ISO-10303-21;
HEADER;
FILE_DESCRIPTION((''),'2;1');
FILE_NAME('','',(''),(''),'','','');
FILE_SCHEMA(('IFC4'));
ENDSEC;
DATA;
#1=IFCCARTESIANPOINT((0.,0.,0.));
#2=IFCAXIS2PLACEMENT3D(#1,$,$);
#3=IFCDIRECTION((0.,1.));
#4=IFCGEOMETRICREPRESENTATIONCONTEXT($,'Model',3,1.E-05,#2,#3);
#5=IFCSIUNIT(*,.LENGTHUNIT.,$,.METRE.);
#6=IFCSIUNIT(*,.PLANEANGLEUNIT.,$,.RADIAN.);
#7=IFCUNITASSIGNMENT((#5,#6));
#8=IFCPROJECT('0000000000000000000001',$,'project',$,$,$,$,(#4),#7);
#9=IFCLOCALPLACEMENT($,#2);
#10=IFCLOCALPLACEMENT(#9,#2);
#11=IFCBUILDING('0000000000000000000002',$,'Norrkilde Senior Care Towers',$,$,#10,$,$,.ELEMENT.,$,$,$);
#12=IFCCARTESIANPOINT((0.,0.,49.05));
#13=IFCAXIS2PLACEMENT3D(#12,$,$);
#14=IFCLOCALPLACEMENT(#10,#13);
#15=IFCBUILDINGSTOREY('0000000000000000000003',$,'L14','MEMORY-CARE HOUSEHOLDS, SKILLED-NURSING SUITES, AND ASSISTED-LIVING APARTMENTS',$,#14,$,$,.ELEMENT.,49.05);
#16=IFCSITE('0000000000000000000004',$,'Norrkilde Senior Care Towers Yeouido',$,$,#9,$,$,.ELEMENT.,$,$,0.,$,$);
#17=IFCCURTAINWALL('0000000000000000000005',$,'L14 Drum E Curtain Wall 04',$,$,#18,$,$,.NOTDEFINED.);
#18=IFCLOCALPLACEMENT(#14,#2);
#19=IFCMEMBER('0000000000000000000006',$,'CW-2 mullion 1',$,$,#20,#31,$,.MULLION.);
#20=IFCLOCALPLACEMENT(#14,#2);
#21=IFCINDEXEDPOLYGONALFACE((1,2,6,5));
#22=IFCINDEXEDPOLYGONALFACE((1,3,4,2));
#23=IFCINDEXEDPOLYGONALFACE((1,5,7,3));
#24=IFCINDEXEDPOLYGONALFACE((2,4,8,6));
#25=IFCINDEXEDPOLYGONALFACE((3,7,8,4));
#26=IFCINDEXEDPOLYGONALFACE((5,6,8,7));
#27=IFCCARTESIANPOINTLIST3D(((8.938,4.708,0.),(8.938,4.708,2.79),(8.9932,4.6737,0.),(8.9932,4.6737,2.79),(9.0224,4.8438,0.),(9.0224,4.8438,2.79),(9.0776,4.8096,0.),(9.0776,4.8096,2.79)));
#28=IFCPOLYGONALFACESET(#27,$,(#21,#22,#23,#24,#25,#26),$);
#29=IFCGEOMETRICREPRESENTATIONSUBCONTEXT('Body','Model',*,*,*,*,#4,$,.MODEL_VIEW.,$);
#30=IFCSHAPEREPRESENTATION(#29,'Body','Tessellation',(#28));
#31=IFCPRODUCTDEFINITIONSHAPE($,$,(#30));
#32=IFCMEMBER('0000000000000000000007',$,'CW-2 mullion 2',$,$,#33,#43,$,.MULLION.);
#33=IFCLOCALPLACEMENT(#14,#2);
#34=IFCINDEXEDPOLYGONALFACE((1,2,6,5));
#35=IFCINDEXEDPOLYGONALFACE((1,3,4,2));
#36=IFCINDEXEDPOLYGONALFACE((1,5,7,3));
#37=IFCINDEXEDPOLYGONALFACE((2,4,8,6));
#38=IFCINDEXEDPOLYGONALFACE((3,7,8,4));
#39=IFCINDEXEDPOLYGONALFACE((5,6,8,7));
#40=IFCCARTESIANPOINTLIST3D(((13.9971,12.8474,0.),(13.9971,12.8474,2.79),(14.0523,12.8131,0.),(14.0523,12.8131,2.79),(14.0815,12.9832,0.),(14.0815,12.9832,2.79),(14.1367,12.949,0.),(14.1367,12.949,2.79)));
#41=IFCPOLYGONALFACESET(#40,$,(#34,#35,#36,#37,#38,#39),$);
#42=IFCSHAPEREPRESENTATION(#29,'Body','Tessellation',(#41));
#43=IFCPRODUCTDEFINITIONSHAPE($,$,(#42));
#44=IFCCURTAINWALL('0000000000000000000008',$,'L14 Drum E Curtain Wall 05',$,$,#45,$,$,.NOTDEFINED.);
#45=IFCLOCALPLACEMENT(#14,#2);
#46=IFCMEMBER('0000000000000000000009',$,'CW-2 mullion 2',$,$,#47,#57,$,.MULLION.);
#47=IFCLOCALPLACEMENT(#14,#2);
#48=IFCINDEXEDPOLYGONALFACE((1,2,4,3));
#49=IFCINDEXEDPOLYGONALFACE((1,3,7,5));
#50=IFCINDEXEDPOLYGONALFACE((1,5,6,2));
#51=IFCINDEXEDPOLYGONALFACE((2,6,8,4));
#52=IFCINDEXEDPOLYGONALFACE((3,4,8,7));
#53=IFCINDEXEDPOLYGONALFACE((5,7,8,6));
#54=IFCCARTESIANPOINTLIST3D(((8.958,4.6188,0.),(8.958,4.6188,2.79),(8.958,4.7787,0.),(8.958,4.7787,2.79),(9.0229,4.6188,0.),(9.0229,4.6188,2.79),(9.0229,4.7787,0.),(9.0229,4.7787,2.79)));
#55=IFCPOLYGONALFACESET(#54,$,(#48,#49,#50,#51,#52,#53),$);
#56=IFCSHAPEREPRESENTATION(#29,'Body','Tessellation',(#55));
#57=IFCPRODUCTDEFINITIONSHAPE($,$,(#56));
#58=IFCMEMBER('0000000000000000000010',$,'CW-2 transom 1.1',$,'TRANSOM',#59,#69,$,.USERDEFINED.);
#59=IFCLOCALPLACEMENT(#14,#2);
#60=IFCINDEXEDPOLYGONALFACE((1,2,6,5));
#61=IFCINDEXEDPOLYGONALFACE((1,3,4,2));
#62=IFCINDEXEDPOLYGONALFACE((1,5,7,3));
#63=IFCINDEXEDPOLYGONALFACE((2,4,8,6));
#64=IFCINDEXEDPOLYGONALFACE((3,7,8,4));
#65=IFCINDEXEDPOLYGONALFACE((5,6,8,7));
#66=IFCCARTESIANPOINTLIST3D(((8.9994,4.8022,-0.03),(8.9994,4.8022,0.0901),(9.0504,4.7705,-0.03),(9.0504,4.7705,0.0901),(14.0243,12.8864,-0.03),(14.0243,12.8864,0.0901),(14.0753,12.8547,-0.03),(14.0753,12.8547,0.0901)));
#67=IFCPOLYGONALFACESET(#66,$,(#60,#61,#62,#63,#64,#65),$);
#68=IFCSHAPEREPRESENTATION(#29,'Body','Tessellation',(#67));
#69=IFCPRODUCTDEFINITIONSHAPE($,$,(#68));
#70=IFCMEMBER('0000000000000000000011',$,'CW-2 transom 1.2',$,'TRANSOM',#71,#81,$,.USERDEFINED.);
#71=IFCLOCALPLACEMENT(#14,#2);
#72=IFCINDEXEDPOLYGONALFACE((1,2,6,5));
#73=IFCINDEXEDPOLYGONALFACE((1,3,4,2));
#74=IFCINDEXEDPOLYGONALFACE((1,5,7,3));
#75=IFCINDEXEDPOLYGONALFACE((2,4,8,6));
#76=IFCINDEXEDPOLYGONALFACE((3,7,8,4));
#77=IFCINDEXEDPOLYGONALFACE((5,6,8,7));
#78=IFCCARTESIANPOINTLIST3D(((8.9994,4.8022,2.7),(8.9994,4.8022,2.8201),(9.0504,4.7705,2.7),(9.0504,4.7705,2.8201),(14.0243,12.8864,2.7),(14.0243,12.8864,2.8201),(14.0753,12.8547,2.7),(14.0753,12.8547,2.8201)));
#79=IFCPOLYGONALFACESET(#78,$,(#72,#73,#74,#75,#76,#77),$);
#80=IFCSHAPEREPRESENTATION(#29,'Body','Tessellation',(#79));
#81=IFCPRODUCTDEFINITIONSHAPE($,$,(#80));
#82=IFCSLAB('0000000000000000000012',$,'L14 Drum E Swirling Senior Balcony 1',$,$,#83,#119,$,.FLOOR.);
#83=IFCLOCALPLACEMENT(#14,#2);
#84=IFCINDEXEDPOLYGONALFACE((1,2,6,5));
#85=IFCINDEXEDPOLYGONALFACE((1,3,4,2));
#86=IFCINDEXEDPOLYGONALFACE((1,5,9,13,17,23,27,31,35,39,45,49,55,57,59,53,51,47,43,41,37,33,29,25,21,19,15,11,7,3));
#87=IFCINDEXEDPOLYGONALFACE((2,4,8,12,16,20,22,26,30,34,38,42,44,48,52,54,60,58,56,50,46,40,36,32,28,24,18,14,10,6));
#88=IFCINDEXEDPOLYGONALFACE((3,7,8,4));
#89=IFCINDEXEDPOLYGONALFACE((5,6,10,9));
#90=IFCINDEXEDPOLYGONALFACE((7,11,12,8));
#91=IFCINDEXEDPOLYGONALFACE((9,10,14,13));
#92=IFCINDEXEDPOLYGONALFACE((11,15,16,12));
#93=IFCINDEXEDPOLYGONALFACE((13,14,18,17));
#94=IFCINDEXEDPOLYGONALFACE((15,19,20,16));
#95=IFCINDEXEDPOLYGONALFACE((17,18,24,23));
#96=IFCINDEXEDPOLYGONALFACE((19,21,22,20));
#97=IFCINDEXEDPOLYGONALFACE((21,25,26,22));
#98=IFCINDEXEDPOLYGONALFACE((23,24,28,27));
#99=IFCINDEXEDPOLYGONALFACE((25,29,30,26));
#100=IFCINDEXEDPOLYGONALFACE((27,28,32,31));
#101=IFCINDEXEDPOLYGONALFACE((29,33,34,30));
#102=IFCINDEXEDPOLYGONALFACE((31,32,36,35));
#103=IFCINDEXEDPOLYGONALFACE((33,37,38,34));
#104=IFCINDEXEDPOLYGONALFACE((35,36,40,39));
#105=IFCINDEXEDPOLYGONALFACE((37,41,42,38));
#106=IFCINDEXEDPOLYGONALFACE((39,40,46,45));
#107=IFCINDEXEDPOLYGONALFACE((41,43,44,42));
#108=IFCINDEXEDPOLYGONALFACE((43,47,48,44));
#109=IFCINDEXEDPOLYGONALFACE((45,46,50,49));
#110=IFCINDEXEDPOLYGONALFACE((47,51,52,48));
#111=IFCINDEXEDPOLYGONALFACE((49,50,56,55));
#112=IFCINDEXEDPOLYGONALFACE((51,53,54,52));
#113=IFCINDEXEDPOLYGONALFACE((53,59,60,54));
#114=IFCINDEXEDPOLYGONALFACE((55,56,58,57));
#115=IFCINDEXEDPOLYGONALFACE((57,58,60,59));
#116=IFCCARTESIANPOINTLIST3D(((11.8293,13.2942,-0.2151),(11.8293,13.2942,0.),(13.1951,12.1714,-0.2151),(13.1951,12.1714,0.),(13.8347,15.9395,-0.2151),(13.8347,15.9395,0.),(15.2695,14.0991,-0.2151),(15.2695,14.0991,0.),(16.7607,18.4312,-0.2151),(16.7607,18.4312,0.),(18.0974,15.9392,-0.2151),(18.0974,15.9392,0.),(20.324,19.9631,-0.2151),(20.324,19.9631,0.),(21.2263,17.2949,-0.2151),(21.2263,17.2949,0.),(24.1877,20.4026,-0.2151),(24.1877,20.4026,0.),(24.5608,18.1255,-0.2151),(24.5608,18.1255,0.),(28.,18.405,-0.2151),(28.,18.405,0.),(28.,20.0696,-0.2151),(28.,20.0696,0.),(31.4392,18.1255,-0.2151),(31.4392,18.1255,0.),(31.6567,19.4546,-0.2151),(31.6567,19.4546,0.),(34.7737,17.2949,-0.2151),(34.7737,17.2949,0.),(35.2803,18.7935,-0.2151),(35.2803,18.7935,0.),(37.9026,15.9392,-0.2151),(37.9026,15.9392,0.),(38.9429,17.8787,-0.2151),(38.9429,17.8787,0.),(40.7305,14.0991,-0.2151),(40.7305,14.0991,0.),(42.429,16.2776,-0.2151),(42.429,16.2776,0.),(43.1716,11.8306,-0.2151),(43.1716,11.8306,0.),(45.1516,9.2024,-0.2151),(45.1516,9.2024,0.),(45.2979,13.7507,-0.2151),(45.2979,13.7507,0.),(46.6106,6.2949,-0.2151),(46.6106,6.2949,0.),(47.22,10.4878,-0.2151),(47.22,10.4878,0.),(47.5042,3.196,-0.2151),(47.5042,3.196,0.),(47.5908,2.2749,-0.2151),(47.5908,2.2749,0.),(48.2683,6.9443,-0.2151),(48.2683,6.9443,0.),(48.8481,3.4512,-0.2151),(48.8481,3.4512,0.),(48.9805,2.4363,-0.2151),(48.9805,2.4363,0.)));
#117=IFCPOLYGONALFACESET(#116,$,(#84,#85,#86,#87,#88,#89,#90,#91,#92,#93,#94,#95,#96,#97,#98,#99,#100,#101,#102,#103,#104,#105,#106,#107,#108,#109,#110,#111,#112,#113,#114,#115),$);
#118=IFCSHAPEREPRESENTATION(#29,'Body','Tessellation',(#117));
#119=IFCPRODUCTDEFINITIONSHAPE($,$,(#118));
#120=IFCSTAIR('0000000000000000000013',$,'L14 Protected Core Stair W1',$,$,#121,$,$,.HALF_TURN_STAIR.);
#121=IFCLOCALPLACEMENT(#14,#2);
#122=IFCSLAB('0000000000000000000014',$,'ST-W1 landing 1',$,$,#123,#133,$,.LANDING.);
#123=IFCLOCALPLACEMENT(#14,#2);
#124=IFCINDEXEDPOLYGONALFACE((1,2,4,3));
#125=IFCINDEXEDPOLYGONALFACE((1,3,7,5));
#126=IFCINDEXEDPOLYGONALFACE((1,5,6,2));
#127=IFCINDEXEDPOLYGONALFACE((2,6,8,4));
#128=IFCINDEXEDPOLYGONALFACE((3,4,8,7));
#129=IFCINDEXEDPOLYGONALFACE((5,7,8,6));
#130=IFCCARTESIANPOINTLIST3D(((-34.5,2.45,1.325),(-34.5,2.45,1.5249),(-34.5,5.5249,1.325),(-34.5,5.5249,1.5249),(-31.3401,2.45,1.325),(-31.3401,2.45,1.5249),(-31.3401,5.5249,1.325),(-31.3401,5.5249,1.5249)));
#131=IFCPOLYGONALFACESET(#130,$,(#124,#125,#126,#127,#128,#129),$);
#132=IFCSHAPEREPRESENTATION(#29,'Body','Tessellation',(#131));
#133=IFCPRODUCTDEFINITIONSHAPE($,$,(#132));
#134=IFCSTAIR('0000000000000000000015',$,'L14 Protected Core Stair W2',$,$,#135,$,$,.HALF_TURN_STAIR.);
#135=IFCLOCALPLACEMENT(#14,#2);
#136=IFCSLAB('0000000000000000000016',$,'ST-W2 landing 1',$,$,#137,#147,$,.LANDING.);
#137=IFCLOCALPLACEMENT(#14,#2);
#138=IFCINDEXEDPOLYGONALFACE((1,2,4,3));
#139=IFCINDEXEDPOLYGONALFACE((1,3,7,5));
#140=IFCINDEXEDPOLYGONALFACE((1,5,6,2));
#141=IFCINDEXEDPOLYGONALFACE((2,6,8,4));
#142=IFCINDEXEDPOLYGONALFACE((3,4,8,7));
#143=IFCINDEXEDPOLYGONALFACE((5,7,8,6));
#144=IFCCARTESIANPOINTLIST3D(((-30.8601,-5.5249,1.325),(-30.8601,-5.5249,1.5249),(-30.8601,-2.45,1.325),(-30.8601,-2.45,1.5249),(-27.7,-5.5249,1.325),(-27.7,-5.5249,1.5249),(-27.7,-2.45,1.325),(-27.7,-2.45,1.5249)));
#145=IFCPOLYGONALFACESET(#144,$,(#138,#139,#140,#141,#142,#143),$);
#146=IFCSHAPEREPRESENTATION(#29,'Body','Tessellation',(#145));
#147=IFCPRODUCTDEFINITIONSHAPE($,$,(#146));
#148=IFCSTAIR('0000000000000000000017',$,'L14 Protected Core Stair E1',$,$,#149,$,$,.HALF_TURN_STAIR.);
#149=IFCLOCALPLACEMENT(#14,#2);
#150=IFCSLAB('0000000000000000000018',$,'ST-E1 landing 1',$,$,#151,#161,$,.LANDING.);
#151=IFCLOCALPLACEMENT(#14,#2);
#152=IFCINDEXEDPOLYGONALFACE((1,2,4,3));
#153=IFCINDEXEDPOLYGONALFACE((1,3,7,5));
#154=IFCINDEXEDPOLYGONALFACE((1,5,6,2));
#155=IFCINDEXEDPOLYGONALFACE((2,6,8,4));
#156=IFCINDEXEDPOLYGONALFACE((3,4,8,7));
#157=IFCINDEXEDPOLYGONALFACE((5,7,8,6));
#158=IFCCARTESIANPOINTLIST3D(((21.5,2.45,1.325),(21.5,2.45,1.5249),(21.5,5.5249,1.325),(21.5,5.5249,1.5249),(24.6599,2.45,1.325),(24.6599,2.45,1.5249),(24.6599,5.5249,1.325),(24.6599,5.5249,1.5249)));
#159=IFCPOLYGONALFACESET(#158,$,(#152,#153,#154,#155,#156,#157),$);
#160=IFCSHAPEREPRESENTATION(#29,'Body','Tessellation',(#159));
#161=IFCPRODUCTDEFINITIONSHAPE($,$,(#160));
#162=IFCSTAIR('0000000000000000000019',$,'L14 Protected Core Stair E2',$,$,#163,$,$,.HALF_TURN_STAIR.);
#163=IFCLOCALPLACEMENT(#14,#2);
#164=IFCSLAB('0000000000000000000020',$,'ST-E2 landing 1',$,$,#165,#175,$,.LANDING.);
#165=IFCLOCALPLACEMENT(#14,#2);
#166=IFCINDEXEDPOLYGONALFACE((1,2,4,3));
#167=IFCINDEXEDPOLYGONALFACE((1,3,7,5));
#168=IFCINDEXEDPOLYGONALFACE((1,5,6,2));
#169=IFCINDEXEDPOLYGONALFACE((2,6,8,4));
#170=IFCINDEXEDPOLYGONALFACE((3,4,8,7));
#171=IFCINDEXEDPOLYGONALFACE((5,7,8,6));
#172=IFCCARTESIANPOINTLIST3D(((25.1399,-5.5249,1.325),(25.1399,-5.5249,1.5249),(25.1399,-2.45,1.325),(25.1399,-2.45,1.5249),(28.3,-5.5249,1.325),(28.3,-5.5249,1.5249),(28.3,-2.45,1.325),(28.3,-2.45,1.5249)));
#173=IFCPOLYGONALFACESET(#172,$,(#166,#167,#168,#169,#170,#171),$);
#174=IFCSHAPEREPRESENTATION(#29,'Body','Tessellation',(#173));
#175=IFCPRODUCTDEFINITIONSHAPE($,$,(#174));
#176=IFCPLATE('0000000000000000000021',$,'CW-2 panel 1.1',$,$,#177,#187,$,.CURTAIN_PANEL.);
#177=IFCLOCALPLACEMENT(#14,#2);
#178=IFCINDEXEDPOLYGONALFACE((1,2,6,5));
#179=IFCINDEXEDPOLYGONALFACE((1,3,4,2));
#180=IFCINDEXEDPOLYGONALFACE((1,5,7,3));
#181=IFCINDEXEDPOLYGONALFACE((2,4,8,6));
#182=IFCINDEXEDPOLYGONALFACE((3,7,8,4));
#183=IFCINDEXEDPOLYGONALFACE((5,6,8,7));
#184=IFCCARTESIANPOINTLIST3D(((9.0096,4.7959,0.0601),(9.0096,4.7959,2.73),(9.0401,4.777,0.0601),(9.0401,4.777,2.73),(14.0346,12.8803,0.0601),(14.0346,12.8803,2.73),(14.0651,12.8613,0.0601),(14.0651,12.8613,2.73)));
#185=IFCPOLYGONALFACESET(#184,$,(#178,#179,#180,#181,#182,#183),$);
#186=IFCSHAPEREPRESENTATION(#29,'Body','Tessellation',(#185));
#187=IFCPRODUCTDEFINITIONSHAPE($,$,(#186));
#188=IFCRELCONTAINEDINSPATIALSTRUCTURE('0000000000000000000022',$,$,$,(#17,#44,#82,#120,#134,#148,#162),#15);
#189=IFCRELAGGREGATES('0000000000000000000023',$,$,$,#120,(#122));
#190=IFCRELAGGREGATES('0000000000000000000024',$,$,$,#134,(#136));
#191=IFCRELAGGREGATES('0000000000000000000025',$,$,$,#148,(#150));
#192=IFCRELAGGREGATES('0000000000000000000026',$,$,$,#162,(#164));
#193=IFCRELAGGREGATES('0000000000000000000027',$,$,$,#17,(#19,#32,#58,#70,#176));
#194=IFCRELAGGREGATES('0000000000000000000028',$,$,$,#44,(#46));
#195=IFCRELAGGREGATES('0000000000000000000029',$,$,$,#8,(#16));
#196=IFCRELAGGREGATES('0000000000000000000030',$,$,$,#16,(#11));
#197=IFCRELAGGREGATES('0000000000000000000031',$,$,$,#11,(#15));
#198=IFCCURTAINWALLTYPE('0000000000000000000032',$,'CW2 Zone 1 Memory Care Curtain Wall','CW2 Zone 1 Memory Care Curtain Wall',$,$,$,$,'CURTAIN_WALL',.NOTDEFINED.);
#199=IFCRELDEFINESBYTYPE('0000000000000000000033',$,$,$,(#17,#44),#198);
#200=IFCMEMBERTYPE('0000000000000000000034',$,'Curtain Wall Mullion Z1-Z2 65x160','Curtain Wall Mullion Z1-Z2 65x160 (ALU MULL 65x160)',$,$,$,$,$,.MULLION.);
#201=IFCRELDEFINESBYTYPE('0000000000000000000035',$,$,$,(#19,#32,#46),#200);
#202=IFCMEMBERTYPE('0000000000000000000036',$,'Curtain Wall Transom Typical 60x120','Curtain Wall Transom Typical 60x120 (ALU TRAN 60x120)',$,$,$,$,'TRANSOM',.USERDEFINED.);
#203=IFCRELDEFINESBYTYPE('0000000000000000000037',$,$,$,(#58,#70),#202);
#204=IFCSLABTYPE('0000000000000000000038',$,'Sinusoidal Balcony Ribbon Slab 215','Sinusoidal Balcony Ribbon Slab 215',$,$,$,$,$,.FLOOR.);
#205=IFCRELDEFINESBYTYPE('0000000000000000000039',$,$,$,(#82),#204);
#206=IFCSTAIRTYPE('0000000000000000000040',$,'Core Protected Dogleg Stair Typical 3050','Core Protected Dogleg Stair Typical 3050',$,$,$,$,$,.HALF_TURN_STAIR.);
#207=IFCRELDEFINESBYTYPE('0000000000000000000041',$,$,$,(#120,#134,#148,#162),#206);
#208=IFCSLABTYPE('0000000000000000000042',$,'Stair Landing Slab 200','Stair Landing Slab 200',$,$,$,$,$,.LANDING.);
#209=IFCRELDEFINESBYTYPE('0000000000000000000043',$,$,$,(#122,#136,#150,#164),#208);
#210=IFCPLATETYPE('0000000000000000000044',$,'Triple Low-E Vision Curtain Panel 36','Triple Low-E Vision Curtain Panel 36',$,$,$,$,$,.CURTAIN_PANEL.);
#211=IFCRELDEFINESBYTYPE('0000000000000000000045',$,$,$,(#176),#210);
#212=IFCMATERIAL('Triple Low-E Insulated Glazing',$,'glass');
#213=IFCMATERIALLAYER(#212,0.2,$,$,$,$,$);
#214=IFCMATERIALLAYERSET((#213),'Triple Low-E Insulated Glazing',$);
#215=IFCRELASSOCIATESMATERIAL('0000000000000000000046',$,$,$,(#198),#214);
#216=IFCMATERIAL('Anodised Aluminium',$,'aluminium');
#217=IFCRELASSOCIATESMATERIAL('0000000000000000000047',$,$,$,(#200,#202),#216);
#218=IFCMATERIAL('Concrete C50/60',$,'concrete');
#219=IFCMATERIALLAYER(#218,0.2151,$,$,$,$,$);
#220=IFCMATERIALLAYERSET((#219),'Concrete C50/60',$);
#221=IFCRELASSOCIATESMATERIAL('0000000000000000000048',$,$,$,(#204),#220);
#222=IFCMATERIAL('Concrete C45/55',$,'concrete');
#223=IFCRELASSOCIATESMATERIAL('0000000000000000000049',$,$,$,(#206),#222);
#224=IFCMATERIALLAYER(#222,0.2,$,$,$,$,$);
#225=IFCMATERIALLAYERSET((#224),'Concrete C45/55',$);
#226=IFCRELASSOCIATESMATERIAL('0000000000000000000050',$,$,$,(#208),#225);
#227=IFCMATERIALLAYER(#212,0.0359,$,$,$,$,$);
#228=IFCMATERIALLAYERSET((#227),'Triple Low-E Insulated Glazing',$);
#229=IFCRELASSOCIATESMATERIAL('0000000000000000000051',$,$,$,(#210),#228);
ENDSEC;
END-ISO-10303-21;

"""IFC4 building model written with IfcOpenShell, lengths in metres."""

from ifc_helpers import new_model, si_unit, direction, frame, origin, origin_2d, place, context, subcontext, project, spatial, polyline, rectangle, outline, extrude, source, transform, mapped, material, layer, layer_set, material_profile, profile_set, type_object, type_shapes, element, aggregate, save


model = new_model("IFC4")

# Units and contexts
model_context = context("Model", 3, precision=1e-05, world=origin(), true_north=direction((0.0, 1.0)))
body_context = subcontext(model_context, "Body", "Model", "MODEL_VIEW")
ifc_project = project(units=[si_unit("LENGTHUNIT", "METRE"), si_unit("PLANEANGLEUNIT", "RADIAN")], contexts=[model_context])

# Site, building, storey
site_placement = place(None, origin())
site = spatial("IfcSite", under=ifc_project, at=site_placement, Name="Norrkilde Senior Care Towers Yeouido", CompositionType="ELEMENT", RefElevation=0.0)
building_placement = place(site_placement, origin())
building = spatial("IfcBuilding", under=site, at=building_placement, Name="Norrkilde Senior Care Towers", CompositionType="ELEMENT")
storey_placement = place(building_placement, frame((0.0, 0.0, 49.05)))
storey = spatial("IfcBuildingStorey", under=building, at=storey_placement, Name="L14", Description="MEMORY-CARE HOUSEHOLDS, SKILLED-NURSING SUITES, AND ASSISTED-LIVING APARTMENTS", CompositionType="ELEMENT", Elevation=49.05)

# Curtain wall, members
ifc_material_1 = material(Name="Triple Low-E Insulated Glazing", Category="glass")
ifc_layer_1 = layer(ifc_material_1, 0.2)
ifc_layer_set_1 = layer_set([ifc_layer_1], Name="Triple Low-E Insulated Glazing")
curtain_wall_type = type_object("IfcCurtainWallType", Name="CW2 Zone 1 Memory Care Curtain Wall", Description="CW2 Zone 1 Memory Care Curtain Wall", ElementType="CURTAIN_WALL", PredefinedType="NOTDEFINED", material=ifc_layer_set_1)
curtain_wall_1_placement = place(storey_placement, origin())
curtain_wall_1 = element("IfcCurtainWall", 1, at=curtain_wall_1_placement, inside=storey, type_object=curtain_wall_type, Name="L14 Drum E Curtain Wall 04", PredefinedType="NOTDEFINED")
ifc_material_2 = material(Name="Anodised Aluminium", Category="aluminium")
ifc_material_profile_1 = material_profile(ifc_material_2, rectangle(XDim=0.0649, YDim=0.1599, at=origin_2d()), Name="ALU MULL 65x160")
ifc_profile_set_1 = profile_set([ifc_material_profile_1], Name="Anodised Aluminium")
member_type_1 = type_object("IfcMemberType", Name="Curtain Wall Mullion Z1-Z2 65x160", Description="Curtain Wall Mullion Z1-Z2 65x160 (ALU MULL 65x160)", PredefinedType="MULLION", material=ifc_profile_set_1)
shared_shape_1 = source(origin(), body_context, "Body", "SweptSolid", [
    extrude(rectangle(XDim=0.0649, YDim=0.1599, at=origin_2d()), origin(), (0.0, 0.0, 1.0), 2.79),
])
type_shapes(member_type_1, [shared_shape_1])
member_1_placement = place(storey_placement, frame((9.0078, 4.7588, 0.0), z_axis=(0.0, 0.0, 1.0), x_axis=(-0.849306, 0.527901, 0.0)))
member_1 = element("IfcMember", 2, at=member_1_placement, type_object=member_type_1, Name="CW-2 mullion 1", PredefinedType="MULLION", context=body_context, shape_type="MappedRepresentation", body=[
    mapped(shared_shape_1, transform((0.0, 0.0, 0.0), x_axis=(1.0, 0.0, 0.0), y_axis=(0.0, 1.0, 0.0), z_axis=(0.0, 0.0, 1.0), scale=1.0)),
])
member_2_placement = place(storey_placement, frame((14.0669, 12.8982, 0.0), z_axis=(0.0, 0.0, 1.0), x_axis=(-0.849306, 0.527901, 0.0)))
member_2 = element("IfcMember", 3, at=member_2_placement, type_object=member_type_1, Name="CW-2 mullion 2", PredefinedType="MULLION", context=body_context, shape_type="MappedRepresentation", body=[
    mapped(shared_shape_1, transform((0.0, 0.0, 0.0), x_axis=(1.0, 0.0, 0.0), y_axis=(0.0, 1.0, 0.0), z_axis=(0.0, 0.0, 1.0), scale=1.0)),
])

# Curtain wall, member
curtain_wall_2_placement = place(storey_placement, origin())
curtain_wall_2 = element("IfcCurtainWall", 4, at=curtain_wall_2_placement, inside=storey, type_object=curtain_wall_type, Name="L14 Drum E Curtain Wall 05", PredefinedType="NOTDEFINED")
member_3_placement = place(storey_placement, frame((8.9905, 4.6987, 0.0), z_axis=(0.0, 0.0, 1.0), x_axis=(-1.0, 0.0, 0.0)))
member_3 = element("IfcMember", 5, at=member_3_placement, type_object=member_type_1, Name="CW-2 mullion 2", PredefinedType="MULLION", context=body_context, shape_type="MappedRepresentation", body=[
    mapped(shared_shape_1, transform((0.0, 0.0, 0.0), x_axis=(1.0, 0.0, 0.0), y_axis=(0.0, 1.0, 0.0), z_axis=(0.0, 0.0, 1.0), scale=1.0)),
])

# Members
ifc_material_profile_2 = material_profile(ifc_material_2, rectangle(XDim=0.0601, YDim=0.1201, at=origin_2d()), Name="ALU TRAN 60x120")
ifc_profile_set_2 = profile_set([ifc_material_profile_2], Name="Anodised Aluminium")
member_type_2 = type_object("IfcMemberType", Name="Curtain Wall Transom Typical 60x120", Description="Curtain Wall Transom Typical 60x120 (ALU TRAN 60x120)", ElementType="TRANSOM", PredefinedType="USERDEFINED", material=ifc_profile_set_2)
shared_shape_2 = source(origin(), body_context, "Body", "SweptSolid", [
    extrude(rectangle(XDim=0.0601, YDim=0.1201, at=origin_2d()), origin(), (0.0, 0.0, 1.0), 9.5186),
])
type_shapes(member_type_2, [shared_shape_2])
member_4_placement = place(storey_placement, frame((9.0249, 4.7864, 0.03), z_axis=(0.527902, 0.849306, 0.0), x_axis=(-0.849306, 0.527902, 0.0)))
member_4 = element("IfcMember", 6, at=member_4_placement, type_object=member_type_2, Name="CW-2 transom 1.1", ObjectType="TRANSOM", PredefinedType="USERDEFINED", context=body_context, shape_type="MappedRepresentation", body=[
    mapped(shared_shape_2, transform((0.0, 0.0, 0.0), x_axis=(1.0, 0.0, 0.0), y_axis=(0.0, 1.0, 0.0), z_axis=(0.0, 0.0, 1.0), scale=1.0)),
])
member_5_placement = place(storey_placement, frame((9.0249, 4.7864, 2.76), z_axis=(0.527902, 0.849306, 0.0), x_axis=(-0.849306, 0.527902, 0.0)))
member_5 = element("IfcMember", 7, at=member_5_placement, type_object=member_type_2, Name="CW-2 transom 1.2", ObjectType="TRANSOM", PredefinedType="USERDEFINED", context=body_context, shape_type="MappedRepresentation", body=[
    mapped(shared_shape_2, transform((0.0, 0.0, 0.0), x_axis=(1.0, 0.0, 0.0), y_axis=(0.0, 1.0, 0.0), z_axis=(0.0, 0.0, 1.0), scale=1.0)),
])

# Slab
ifc_material_3 = material(Name="Concrete C50/60", Category="concrete")
ifc_layer_2 = layer(ifc_material_3, 0.2151)
ifc_layer_set_2 = layer_set([ifc_layer_2], Name="Concrete C50/60")
slab_type_1 = type_object("IfcSlabType", Name="Sinusoidal Balcony Ribbon Slab 215", Description="Sinusoidal Balcony Ribbon Slab 215", PredefinedType="FLOOR", material=ifc_layer_set_2)
slab_1_placement = place(storey_placement, frame((0.0, 0.0, -0.2151)))
element("IfcSlab", 8, at=slab_1_placement, inside=storey, type_object=slab_type_1, Name="L14 Drum E Swirling Senior Balcony 1", PredefinedType="FLOOR", context=body_context, shape_type="SweptSolid", body=[
    extrude(outline(polyline([(16.7607, 18.4312), (20.324, 19.9631), (24.1877, 20.4026), (28.0, 20.0696), (31.6567, 19.4546), (35.2803, 18.7935), (38.9429, 17.8787), (42.429, 16.2776), (45.2979, 13.7507), (47.22, 10.4878), (48.2683, 6.9443), (48.8481, 3.4512), (48.9805, 2.4363), (47.5908, 2.2749), (47.5042, 3.196), (46.6106, 6.2949), (45.1516, 9.2024), (43.1716, 11.8306), (40.7305, 14.0991), (37.9026, 15.9392), (34.7737, 17.2949), (31.4392, 18.1255), (28.0, 18.405), (24.5608, 18.1255), (21.2263, 17.2949), (18.0974, 15.9392), (15.2695, 14.0991), (13.1951, 12.1714), (11.8293, 13.2942), (13.8347, 15.9395), (16.7607, 18.4312)])), origin(), (0.0, 0.0, 1.0), 0.2151),
])

# Stairs, slabs
ifc_material_4 = material(Name="Concrete C45/55", Category="concrete")
stair_type = type_object("IfcStairType", Name="Core Protected Dogleg Stair Typical 3050", Description="Core Protected Dogleg Stair Typical 3050", PredefinedType="HALF_TURN_STAIR", material=ifc_material_4)
stair_1_placement = place(storey_placement, origin())
stair_1 = element("IfcStair", 9, at=stair_1_placement, inside=storey, type_object=stair_type, Name="L14 Protected Core Stair W1", PredefinedType="HALF_TURN_STAIR")
ifc_layer_3 = layer(ifc_material_4, 0.2)
ifc_layer_set_3 = layer_set([ifc_layer_3], Name="Concrete C45/55")
slab_type_2 = type_object("IfcSlabType", Name="Stair Landing Slab 200", Description="Stair Landing Slab 200", PredefinedType="LANDING", material=ifc_layer_set_3)
slab_2_placement = place(storey_placement, frame((0.0, 0.0, 1.325)))
slab_2 = element("IfcSlab", 10, at=slab_2_placement, type_object=slab_type_2, Name="ST-W1 landing 1", PredefinedType="LANDING", context=body_context, shape_type="SweptSolid", body=[
    extrude(outline(polyline([(-31.3401, 5.5249), (-34.5, 5.5249), (-34.5, 2.45), (-31.3401, 2.45), (-31.3401, 5.5249)])), origin(), (0.0, 0.0, 1.0), 0.2),
])
aggregate(stair_1, [slab_2])
stair_2_placement = place(storey_placement, origin())
stair_2 = element("IfcStair", 11, at=stair_2_placement, inside=storey, type_object=stair_type, Name="L14 Protected Core Stair W2", PredefinedType="HALF_TURN_STAIR")
slab_3_placement = place(storey_placement, frame((0.0, 0.0, 1.325)))
slab_3 = element("IfcSlab", 12, at=slab_3_placement, type_object=slab_type_2, Name="ST-W2 landing 1", PredefinedType="LANDING", context=body_context, shape_type="SweptSolid", body=[
    extrude(outline(polyline([(-30.8601, -5.5249), (-27.7, -5.5249), (-27.7, -2.45), (-30.8601, -2.45), (-30.8601, -5.5249)])), origin(), (0.0, 0.0, 1.0), 0.2),
])
aggregate(stair_2, [slab_3])
stair_3_placement = place(storey_placement, origin())
stair_3 = element("IfcStair", 13, at=stair_3_placement, inside=storey, type_object=stair_type, Name="L14 Protected Core Stair E1", PredefinedType="HALF_TURN_STAIR")
slab_4_placement = place(storey_placement, frame((0.0, 0.0, 1.325)))
slab_4 = element("IfcSlab", 14, at=slab_4_placement, type_object=slab_type_2, Name="ST-E1 landing 1", PredefinedType="LANDING", context=body_context, shape_type="SweptSolid", body=[
    extrude(outline(polyline([(24.6599, 5.5249), (21.5, 5.5249), (21.5, 2.45), (24.6599, 2.45), (24.6599, 5.5249)])), origin(), (0.0, 0.0, 1.0), 0.2),
])
aggregate(stair_3, [slab_4])
stair_4_placement = place(storey_placement, origin())
stair_4 = element("IfcStair", 15, at=stair_4_placement, inside=storey, type_object=stair_type, Name="L14 Protected Core Stair E2", PredefinedType="HALF_TURN_STAIR")
slab_5_placement = place(storey_placement, frame((0.0, 0.0, 1.325)))
slab_5 = element("IfcSlab", 16, at=slab_5_placement, type_object=slab_type_2, Name="ST-E2 landing 1", PredefinedType="LANDING", context=body_context, shape_type="SweptSolid", body=[
    extrude(outline(polyline([(25.1399, -5.5249), (28.3, -5.5249), (28.3, -2.45), (25.1399, -2.45), (25.1399, -5.5249)])), origin(), (0.0, 0.0, 1.0), 0.2),
])
aggregate(stair_4, [slab_5])

# Plate
ifc_layer_4 = layer(ifc_material_1, 0.0359)
ifc_layer_set_4 = layer_set([ifc_layer_4], Name="Triple Low-E Insulated Glazing")
plate_type = type_object("IfcPlateType", Name="Triple Low-E Vision Curtain Panel 36", Description="Triple Low-E Vision Curtain Panel 36", PredefinedType="CURTAIN_PANEL", material=ifc_layer_set_4)
shared_shape_3 = source(origin(), body_context, "Body", "SweptSolid", [
    extrude(rectangle(XDim=9.5188, YDim=0.0359, at=origin_2d()), origin(), (0.0, 0.0, 1.0), 2.6699),
])
plate_1_placement = place(storey_placement, frame((11.5374, 8.8286, 0.0601), z_axis=(0.0, 0.0, 1.0), x_axis=(0.527901, 0.849306, 0.0)))
plate_1 = element("IfcPlate", 17, at=plate_1_placement, type_object=plate_type, Name="CW-2 panel 1.1", PredefinedType="CURTAIN_PANEL", context=body_context, shape_type="MappedRepresentation", body=[
    mapped(shared_shape_3, transform((0.0, 0.0, 0.0), x_axis=(1.0, 0.0, 0.0), y_axis=(0.0, 1.0, 0.0), z_axis=(0.0, 0.0, 1.0), scale=1.0)),
])
aggregate(curtain_wall_1, [member_1, member_2, member_4, member_5, plate_1])
aggregate(curtain_wall_2, [member_3])

save(model, "model.ifc")
